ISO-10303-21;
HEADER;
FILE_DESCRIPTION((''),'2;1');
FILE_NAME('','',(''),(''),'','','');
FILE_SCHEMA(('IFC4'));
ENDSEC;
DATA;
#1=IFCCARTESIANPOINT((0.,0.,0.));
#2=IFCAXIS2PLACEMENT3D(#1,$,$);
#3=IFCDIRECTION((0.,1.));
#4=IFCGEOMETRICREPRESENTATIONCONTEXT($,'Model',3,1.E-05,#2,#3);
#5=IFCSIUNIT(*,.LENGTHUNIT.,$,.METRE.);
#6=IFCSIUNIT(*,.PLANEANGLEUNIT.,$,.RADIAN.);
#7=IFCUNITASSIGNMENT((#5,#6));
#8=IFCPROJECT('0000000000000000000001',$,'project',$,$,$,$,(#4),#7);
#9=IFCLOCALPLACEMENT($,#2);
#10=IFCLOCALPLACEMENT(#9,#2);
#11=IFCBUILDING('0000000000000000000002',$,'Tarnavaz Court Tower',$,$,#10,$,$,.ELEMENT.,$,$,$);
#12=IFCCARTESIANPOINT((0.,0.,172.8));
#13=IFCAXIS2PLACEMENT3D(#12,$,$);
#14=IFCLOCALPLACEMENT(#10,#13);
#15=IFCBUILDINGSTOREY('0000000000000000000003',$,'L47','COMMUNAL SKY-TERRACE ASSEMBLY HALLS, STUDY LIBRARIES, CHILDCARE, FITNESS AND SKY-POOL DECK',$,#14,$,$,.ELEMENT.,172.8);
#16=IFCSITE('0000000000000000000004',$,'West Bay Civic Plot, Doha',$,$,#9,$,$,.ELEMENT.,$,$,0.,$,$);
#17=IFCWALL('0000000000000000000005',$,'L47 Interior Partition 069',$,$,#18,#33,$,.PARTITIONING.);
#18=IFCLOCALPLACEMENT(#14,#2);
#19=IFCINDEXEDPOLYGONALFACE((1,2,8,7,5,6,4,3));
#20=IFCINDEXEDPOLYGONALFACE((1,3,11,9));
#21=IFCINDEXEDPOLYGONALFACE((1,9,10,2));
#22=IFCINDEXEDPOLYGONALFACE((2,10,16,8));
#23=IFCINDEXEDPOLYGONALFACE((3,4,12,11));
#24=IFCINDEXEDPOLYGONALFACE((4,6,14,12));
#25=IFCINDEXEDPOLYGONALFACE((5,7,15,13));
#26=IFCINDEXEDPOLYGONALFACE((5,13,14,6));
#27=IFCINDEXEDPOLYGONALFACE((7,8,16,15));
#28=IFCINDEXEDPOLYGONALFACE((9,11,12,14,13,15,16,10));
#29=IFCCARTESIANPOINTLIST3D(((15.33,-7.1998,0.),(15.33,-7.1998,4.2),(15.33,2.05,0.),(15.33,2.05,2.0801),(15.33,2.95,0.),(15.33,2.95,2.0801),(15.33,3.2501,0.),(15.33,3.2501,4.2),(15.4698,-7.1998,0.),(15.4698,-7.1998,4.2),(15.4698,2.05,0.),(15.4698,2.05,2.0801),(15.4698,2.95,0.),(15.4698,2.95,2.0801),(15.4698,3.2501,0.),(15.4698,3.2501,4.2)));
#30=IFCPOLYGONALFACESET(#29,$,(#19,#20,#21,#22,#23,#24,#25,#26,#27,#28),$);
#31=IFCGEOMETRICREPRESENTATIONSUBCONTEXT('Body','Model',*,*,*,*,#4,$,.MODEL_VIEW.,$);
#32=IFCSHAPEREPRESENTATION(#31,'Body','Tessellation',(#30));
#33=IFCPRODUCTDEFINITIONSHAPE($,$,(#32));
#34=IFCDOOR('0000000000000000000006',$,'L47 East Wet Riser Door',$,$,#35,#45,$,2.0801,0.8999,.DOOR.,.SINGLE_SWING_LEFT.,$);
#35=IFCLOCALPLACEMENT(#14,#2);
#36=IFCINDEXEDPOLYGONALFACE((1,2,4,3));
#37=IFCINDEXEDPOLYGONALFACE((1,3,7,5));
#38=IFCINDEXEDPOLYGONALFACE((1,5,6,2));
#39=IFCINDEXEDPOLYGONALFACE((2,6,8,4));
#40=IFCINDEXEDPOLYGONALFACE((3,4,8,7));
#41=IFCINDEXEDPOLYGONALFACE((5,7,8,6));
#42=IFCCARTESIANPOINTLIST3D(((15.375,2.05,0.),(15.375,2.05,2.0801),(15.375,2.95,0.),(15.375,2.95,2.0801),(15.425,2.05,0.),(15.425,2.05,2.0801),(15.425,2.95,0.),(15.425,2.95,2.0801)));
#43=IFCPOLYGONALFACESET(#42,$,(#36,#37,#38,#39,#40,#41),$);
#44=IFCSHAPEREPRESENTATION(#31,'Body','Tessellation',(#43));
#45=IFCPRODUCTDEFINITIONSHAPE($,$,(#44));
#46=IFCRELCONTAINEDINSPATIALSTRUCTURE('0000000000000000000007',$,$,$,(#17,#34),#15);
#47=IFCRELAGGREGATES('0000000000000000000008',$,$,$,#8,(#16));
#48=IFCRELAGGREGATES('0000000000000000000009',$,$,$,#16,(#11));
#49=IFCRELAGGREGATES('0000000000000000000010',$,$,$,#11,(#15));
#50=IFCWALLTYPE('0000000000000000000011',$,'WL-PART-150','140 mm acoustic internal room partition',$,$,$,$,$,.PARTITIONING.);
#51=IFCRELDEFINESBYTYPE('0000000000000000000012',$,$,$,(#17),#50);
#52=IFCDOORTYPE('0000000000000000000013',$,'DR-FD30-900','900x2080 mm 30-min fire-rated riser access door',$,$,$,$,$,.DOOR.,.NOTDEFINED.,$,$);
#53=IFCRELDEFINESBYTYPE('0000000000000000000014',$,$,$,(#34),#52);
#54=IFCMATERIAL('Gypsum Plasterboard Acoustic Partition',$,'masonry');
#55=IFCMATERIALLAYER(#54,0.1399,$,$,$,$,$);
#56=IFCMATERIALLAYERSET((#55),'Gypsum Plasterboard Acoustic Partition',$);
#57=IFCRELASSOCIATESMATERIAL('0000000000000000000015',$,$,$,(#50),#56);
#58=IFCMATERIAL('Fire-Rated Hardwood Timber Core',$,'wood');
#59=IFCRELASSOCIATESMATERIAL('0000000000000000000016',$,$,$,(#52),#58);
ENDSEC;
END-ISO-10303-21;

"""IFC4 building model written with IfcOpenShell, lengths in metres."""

from ifc_helpers import new_model, si_unit, direction, frame, frame_2d, origin, place, context, subcontext, project, spatial, rectangle, extrude, material, layer, layer_set, type_object, element, fill, save


model = new_model("IFC4")

# Units and contexts
model_context = context("Model", 3, precision=1e-05, world=origin(), true_north=direction((0.0, 1.0)))
body_context = subcontext(model_context, "Body", "Model", "MODEL_VIEW")
ifc_project = project(units=[si_unit("LENGTHUNIT", "METRE"), si_unit("PLANEANGLEUNIT", "RADIAN")], contexts=[model_context])

# Site, building, storey
site_placement = place(None, origin())
site = spatial("IfcSite", under=ifc_project, at=site_placement, Name="West Bay Civic Plot, Doha", CompositionType="ELEMENT", RefElevation=0.0)
building_placement = place(site_placement, origin())
building = spatial("IfcBuilding", under=site, at=building_placement, Name="Tarnavaz Court Tower", CompositionType="ELEMENT")
storey_placement = place(building_placement, frame((0.0, 0.0, 172.8)))
storey = spatial("IfcBuildingStorey", under=building, at=storey_placement, Name="L47", Description="COMMUNAL SKY-TERRACE ASSEMBLY HALLS, STUDY LIBRARIES, CHILDCARE, FITNESS AND SKY-POOL DECK", CompositionType="ELEMENT", Elevation=172.8)

# Wall, opening, door
ifc_material_1 = material(Name="Gypsum Plasterboard Acoustic Partition", Category="masonry")
ifc_layer_1 = layer(ifc_material_1, 0.1399)
ifc_layer_set_1 = layer_set([ifc_layer_1], Name="Gypsum Plasterboard Acoustic Partition")
wall_type_1 = type_object("IfcWallType", Name="WL-PART-150", Description="140 mm acoustic internal room partition", PredefinedType="PARTITIONING", material=ifc_layer_set_1)
wall_1_placement = place(storey_placement, frame((15.3999, -7.2, 0.0), z_axis=(0.0, 0.0, 1.0), x_axis=(0.0, 1.0, 0.0)))
wall_1 = element("IfcWall", 1, at=wall_1_placement, inside=storey, type_object=wall_type_1, Name="L47 Interior Partition 069", PredefinedType="PARTITIONING", context=body_context, shape_type="SweptSolid", body=[
    extrude(rectangle(XDim=10.45, YDim=0.1399, at=frame_2d((5.2251, 0.0))), origin(), (0.0, 0.0, 1.0), 4.2),
])
opening_1_placement = place(wall_1_placement, frame((9.25, 0.0, 0.0)))
opening_1 = element("IfcOpeningElement", 2, at=opening_1_placement, cuts=wall_1, PredefinedType="OPENING", context=body_context, shape_type="SweptSolid", body=[
    extrude(rectangle(XDim=0.8999, YDim=2.0801, at=frame_2d((0.45, 1.04))), frame((0.0, 0.0798, 0.0), z_axis=(0.0, -1.0, 0.0), x_axis=(1.0, 0.0, 0.0)), (0.0, 0.0, 1.0), 0.1599),
])
ifc_material_2 = material(Name="Fire-Rated Hardwood Timber Core", Category="wood")
door_type_1 = type_object("IfcDoorType", Name="DR-FD30-900", Description="900x2080 mm 30-min fire-rated riser access door", OperationType="NOTDEFINED", PredefinedType="DOOR", material=ifc_material_2)
door_1_placement = place(opening_1_placement, origin())
door_1 = element("IfcDoor", 3, at=door_1_placement, inside=storey, type_object=door_type_1, Name="L47 East Wet Riser Door", OperationType="SINGLE_SWING_LEFT", OverallHeight=2.0801, OverallWidth=0.8999, PredefinedType="DOOR", context=body_context, shape_type="SweptSolid", body=[
    extrude(rectangle(XDim=0.8999, YDim=2.0801, at=frame_2d((0.45, 1.04))), frame((0.0, 0.0249, 0.0), z_axis=(0.0, -1.0, 0.0), x_axis=(1.0, 0.0, 0.0)), (0.0, 0.0, 1.0), 0.05),
])
fill(opening_1, door_1)

save(model, "model.ifc")
